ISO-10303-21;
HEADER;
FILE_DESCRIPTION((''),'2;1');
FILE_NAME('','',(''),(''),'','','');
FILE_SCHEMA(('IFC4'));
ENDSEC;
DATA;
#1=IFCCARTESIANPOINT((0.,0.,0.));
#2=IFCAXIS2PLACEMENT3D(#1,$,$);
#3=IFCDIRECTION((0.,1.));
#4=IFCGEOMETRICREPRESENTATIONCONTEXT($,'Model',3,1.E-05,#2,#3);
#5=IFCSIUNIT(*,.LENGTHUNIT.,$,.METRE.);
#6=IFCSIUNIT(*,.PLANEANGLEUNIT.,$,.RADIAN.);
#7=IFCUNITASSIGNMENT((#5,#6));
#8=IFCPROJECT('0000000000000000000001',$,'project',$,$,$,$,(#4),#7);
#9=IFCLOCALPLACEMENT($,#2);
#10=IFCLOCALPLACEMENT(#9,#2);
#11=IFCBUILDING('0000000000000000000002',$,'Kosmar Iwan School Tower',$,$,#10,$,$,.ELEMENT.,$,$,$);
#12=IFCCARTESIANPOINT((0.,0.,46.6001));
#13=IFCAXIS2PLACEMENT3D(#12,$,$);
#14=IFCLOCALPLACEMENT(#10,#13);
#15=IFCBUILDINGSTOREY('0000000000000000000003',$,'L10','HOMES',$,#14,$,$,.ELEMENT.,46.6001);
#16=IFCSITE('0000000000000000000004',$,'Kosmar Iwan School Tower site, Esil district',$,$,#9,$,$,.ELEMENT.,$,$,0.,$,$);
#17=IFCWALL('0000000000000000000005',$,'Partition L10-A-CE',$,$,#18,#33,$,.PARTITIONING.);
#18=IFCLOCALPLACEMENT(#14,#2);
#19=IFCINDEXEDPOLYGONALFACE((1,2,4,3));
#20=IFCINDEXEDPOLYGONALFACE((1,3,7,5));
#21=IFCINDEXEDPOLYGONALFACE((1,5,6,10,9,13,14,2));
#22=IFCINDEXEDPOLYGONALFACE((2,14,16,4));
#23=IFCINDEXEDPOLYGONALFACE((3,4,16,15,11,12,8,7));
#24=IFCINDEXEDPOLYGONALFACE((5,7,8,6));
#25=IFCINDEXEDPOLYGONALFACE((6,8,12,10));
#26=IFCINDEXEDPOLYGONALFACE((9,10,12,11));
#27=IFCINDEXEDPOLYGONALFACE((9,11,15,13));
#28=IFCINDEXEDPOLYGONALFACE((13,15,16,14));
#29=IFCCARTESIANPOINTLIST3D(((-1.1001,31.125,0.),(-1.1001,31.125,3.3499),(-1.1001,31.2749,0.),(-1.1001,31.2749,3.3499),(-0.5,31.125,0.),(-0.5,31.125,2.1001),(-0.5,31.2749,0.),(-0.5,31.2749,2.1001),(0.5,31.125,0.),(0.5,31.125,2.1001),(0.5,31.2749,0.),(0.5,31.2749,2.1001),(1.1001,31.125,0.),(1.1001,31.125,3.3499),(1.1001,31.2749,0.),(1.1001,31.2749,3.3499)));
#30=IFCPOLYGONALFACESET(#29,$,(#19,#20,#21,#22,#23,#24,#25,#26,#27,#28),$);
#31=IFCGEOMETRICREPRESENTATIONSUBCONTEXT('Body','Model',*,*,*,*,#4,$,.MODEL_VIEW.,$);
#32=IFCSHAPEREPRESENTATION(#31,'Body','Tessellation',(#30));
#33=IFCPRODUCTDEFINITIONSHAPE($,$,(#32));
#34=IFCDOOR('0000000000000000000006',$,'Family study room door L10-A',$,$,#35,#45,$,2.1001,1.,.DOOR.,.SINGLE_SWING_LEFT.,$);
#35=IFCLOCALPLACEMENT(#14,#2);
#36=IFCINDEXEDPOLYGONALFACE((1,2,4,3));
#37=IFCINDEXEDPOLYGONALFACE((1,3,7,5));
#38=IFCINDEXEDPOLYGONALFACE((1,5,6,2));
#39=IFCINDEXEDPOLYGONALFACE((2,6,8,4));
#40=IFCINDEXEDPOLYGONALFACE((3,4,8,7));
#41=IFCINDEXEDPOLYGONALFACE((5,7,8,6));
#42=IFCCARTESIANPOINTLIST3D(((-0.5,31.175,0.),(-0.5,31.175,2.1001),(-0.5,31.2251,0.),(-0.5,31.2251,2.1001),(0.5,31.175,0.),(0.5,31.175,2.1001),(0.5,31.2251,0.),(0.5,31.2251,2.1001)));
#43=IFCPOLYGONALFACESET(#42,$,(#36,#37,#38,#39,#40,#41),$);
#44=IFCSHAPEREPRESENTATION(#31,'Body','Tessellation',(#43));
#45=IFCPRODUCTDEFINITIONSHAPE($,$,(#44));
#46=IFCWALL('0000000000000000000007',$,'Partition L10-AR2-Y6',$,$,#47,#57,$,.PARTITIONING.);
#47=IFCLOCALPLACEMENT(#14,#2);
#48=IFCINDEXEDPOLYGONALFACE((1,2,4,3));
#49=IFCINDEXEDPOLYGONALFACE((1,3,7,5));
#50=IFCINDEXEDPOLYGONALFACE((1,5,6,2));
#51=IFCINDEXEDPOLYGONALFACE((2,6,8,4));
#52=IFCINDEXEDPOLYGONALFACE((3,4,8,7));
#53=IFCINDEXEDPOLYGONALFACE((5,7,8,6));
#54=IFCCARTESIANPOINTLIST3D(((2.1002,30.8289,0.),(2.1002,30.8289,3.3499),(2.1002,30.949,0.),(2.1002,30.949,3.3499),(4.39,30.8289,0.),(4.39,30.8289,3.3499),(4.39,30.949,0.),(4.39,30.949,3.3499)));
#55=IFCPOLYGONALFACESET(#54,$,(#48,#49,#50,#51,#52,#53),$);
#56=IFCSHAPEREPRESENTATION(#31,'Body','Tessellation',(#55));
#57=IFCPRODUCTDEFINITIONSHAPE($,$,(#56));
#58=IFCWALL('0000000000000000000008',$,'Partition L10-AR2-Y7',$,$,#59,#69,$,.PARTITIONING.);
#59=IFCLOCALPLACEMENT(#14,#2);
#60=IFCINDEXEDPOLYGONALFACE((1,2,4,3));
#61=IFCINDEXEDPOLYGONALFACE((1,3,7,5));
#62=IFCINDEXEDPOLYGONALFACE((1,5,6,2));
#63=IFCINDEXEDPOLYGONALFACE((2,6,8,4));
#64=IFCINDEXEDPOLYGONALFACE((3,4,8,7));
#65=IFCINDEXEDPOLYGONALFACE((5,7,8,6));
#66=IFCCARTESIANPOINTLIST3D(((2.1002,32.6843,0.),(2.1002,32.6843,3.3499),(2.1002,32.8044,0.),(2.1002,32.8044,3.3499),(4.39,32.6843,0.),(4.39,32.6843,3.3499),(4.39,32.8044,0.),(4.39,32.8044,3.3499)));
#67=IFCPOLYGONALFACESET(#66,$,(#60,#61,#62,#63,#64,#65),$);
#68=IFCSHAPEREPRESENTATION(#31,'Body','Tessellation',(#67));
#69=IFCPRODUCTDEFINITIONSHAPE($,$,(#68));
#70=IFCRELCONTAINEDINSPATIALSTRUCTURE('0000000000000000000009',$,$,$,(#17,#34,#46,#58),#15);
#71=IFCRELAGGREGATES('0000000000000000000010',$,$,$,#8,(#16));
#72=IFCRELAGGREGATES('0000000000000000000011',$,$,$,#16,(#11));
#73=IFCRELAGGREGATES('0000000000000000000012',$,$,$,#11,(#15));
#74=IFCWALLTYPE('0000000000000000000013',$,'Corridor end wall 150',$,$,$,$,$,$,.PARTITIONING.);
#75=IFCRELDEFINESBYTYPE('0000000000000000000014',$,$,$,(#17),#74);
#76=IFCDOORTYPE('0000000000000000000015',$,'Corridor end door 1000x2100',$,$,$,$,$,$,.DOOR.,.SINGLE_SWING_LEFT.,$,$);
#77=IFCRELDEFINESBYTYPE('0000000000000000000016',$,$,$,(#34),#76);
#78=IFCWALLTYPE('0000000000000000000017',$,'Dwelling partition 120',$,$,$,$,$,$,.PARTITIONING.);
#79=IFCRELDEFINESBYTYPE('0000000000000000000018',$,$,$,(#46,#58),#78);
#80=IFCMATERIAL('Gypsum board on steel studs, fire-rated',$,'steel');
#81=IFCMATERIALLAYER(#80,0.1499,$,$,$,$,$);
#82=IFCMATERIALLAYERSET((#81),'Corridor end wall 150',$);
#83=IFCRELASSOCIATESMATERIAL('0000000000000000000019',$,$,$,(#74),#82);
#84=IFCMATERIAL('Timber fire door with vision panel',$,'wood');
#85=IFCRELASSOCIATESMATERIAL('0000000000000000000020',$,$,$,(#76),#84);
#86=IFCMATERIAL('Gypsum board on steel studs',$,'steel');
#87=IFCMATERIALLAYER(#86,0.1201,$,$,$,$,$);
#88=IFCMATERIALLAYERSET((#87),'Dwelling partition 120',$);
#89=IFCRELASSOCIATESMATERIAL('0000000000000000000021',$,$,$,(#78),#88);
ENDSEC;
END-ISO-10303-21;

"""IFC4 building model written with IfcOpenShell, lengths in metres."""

from ifc_helpers import new_model, si_unit, direction, frame, frame_2d, origin, place, context, subcontext, project, spatial, rectangle, extrude, material, layer, layer_set, type_object, element, fill, save


model = new_model("IFC4")

# Units and contexts
model_context = context("Model", 3, precision=1e-05, world=origin(), true_north=direction((0.0, 1.0)))
body_context = subcontext(model_context, "Body", "Model", "MODEL_VIEW")
ifc_project = project(units=[si_unit("LENGTHUNIT", "METRE"), si_unit("PLANEANGLEUNIT", "RADIAN")], contexts=[model_context])

# Site, building, storey
site_placement = place(None, origin())
site = spatial("IfcSite", under=ifc_project, at=site_placement, Name="Kosmar Iwan School Tower site, Esil district", CompositionType="ELEMENT", RefElevation=0.0)
building_placement = place(site_placement, origin())
building = spatial("IfcBuilding", under=site, at=building_placement, Name="Kosmar Iwan School Tower", CompositionType="ELEMENT")
storey_placement = place(building_placement, frame((0.0, 0.0, 46.6001)))
storey = spatial("IfcBuildingStorey", under=building, at=storey_placement, Name="L10", Description="HOMES", CompositionType="ELEMENT", Elevation=46.6001)

# Wall, opening, door
ifc_material_1 = material(Name="Gypsum board on steel studs, fire-rated", Category="steel")
ifc_layer_1 = layer(ifc_material_1, 0.1499)
ifc_layer_set_1 = layer_set([ifc_layer_1], Name="Corridor end wall 150")
wall_type_1 = type_object("IfcWallType", Name="Corridor end wall 150", PredefinedType="PARTITIONING", material=ifc_layer_set_1)
wall_placement = place(storey_placement, frame((1.1001, 31.2, 0.0), z_axis=(0.0, 0.0, 1.0), x_axis=(-1.0, 0.0, 0.0)))
wall = element("IfcWall", 1, at=wall_placement, inside=storey, type_object=wall_type_1, Name="Partition L10-A-CE", PredefinedType="PARTITIONING", context=body_context, shape_type="SweptSolid", body=[
    extrude(rectangle(XDim=2.2002, YDim=0.1499, at=frame_2d((1.1001, 0.0))), origin(), (0.0, 0.0, 1.0), 3.3499),
])
opening_placement = place(wall_placement, frame((0.6001, 0.0, 0.0)))
opening = element("IfcOpeningElement", 2, at=opening_placement, cuts=wall, PredefinedType="OPENING", context=body_context, shape_type="SweptSolid", body=[
    extrude(rectangle(XDim=1.0, YDim=2.1001, at=frame_2d((0.5, 1.05))), frame((0.0, 0.0869, 0.0), z_axis=(0.0, -1.0, 0.0), x_axis=(1.0, 0.0, 0.0)), (0.0, 0.0, 1.0), 0.1738),
])
ifc_material_2 = material(Name="Timber fire door with vision panel", Category="wood")
door_type = type_object("IfcDoorType", Name="Corridor end door 1000x2100", OperationType="SINGLE_SWING_LEFT", PredefinedType="DOOR", material=ifc_material_2)
door_placement = place(opening_placement, origin())
door = element("IfcDoor", 3, at=door_placement, inside=storey, type_object=door_type, Name="Family study room door L10-A", OperationType="SINGLE_SWING_LEFT", OverallHeight=2.1001, OverallWidth=1.0, PredefinedType="DOOR", context=body_context, shape_type="SweptSolid", body=[
    extrude(rectangle(XDim=1.0, YDim=2.1001, at=frame_2d((0.5, 1.05))), frame((0.0, 0.0249, 0.0), z_axis=(0.0, -1.0, 0.0), x_axis=(1.0, 0.0, 0.0)), (0.0, 0.0, 1.0), 0.05),
])
fill(opening, door)

# Walls
ifc_material_3 = material(Name="Gypsum board on steel studs", Category="steel")
ifc_layer_2 = layer(ifc_material_3, 0.1201)
ifc_layer_set_2 = layer_set([ifc_layer_2], Name="Dwelling partition 120")
wall_type_2 = type_object("IfcWallType", Name="Dwelling partition 120", PredefinedType="PARTITIONING", material=ifc_layer_set_2)
for number, where, z_axis, x_axis, name in (
    (4, (2.1001, 30.8889, 0.0), (0.0, 0.0, 1.0), (1.0, 0.0, 0.0), "Partition L10-AR2-Y6"),
    (5, (2.1001, 32.7444, 0.0), (0.0, 0.0, 1.0), (1.0, 0.0, 0.0), "Partition L10-AR2-Y7"),
):
    element("IfcWall", number, at=place(storey_placement, frame(where, z_axis=z_axis, x_axis=x_axis)), inside=storey, type_object=wall_type_2, Name=name, PredefinedType="PARTITIONING", context=body_context, shape_type="SweptSolid", body=[
        extrude(rectangle(XDim=2.2898, YDim=0.1201, at=frame_2d((1.145, 0.0))), origin(), (0.0, 0.0, 1.0), 3.3499),
    ])

save(model, "model.ifc")
